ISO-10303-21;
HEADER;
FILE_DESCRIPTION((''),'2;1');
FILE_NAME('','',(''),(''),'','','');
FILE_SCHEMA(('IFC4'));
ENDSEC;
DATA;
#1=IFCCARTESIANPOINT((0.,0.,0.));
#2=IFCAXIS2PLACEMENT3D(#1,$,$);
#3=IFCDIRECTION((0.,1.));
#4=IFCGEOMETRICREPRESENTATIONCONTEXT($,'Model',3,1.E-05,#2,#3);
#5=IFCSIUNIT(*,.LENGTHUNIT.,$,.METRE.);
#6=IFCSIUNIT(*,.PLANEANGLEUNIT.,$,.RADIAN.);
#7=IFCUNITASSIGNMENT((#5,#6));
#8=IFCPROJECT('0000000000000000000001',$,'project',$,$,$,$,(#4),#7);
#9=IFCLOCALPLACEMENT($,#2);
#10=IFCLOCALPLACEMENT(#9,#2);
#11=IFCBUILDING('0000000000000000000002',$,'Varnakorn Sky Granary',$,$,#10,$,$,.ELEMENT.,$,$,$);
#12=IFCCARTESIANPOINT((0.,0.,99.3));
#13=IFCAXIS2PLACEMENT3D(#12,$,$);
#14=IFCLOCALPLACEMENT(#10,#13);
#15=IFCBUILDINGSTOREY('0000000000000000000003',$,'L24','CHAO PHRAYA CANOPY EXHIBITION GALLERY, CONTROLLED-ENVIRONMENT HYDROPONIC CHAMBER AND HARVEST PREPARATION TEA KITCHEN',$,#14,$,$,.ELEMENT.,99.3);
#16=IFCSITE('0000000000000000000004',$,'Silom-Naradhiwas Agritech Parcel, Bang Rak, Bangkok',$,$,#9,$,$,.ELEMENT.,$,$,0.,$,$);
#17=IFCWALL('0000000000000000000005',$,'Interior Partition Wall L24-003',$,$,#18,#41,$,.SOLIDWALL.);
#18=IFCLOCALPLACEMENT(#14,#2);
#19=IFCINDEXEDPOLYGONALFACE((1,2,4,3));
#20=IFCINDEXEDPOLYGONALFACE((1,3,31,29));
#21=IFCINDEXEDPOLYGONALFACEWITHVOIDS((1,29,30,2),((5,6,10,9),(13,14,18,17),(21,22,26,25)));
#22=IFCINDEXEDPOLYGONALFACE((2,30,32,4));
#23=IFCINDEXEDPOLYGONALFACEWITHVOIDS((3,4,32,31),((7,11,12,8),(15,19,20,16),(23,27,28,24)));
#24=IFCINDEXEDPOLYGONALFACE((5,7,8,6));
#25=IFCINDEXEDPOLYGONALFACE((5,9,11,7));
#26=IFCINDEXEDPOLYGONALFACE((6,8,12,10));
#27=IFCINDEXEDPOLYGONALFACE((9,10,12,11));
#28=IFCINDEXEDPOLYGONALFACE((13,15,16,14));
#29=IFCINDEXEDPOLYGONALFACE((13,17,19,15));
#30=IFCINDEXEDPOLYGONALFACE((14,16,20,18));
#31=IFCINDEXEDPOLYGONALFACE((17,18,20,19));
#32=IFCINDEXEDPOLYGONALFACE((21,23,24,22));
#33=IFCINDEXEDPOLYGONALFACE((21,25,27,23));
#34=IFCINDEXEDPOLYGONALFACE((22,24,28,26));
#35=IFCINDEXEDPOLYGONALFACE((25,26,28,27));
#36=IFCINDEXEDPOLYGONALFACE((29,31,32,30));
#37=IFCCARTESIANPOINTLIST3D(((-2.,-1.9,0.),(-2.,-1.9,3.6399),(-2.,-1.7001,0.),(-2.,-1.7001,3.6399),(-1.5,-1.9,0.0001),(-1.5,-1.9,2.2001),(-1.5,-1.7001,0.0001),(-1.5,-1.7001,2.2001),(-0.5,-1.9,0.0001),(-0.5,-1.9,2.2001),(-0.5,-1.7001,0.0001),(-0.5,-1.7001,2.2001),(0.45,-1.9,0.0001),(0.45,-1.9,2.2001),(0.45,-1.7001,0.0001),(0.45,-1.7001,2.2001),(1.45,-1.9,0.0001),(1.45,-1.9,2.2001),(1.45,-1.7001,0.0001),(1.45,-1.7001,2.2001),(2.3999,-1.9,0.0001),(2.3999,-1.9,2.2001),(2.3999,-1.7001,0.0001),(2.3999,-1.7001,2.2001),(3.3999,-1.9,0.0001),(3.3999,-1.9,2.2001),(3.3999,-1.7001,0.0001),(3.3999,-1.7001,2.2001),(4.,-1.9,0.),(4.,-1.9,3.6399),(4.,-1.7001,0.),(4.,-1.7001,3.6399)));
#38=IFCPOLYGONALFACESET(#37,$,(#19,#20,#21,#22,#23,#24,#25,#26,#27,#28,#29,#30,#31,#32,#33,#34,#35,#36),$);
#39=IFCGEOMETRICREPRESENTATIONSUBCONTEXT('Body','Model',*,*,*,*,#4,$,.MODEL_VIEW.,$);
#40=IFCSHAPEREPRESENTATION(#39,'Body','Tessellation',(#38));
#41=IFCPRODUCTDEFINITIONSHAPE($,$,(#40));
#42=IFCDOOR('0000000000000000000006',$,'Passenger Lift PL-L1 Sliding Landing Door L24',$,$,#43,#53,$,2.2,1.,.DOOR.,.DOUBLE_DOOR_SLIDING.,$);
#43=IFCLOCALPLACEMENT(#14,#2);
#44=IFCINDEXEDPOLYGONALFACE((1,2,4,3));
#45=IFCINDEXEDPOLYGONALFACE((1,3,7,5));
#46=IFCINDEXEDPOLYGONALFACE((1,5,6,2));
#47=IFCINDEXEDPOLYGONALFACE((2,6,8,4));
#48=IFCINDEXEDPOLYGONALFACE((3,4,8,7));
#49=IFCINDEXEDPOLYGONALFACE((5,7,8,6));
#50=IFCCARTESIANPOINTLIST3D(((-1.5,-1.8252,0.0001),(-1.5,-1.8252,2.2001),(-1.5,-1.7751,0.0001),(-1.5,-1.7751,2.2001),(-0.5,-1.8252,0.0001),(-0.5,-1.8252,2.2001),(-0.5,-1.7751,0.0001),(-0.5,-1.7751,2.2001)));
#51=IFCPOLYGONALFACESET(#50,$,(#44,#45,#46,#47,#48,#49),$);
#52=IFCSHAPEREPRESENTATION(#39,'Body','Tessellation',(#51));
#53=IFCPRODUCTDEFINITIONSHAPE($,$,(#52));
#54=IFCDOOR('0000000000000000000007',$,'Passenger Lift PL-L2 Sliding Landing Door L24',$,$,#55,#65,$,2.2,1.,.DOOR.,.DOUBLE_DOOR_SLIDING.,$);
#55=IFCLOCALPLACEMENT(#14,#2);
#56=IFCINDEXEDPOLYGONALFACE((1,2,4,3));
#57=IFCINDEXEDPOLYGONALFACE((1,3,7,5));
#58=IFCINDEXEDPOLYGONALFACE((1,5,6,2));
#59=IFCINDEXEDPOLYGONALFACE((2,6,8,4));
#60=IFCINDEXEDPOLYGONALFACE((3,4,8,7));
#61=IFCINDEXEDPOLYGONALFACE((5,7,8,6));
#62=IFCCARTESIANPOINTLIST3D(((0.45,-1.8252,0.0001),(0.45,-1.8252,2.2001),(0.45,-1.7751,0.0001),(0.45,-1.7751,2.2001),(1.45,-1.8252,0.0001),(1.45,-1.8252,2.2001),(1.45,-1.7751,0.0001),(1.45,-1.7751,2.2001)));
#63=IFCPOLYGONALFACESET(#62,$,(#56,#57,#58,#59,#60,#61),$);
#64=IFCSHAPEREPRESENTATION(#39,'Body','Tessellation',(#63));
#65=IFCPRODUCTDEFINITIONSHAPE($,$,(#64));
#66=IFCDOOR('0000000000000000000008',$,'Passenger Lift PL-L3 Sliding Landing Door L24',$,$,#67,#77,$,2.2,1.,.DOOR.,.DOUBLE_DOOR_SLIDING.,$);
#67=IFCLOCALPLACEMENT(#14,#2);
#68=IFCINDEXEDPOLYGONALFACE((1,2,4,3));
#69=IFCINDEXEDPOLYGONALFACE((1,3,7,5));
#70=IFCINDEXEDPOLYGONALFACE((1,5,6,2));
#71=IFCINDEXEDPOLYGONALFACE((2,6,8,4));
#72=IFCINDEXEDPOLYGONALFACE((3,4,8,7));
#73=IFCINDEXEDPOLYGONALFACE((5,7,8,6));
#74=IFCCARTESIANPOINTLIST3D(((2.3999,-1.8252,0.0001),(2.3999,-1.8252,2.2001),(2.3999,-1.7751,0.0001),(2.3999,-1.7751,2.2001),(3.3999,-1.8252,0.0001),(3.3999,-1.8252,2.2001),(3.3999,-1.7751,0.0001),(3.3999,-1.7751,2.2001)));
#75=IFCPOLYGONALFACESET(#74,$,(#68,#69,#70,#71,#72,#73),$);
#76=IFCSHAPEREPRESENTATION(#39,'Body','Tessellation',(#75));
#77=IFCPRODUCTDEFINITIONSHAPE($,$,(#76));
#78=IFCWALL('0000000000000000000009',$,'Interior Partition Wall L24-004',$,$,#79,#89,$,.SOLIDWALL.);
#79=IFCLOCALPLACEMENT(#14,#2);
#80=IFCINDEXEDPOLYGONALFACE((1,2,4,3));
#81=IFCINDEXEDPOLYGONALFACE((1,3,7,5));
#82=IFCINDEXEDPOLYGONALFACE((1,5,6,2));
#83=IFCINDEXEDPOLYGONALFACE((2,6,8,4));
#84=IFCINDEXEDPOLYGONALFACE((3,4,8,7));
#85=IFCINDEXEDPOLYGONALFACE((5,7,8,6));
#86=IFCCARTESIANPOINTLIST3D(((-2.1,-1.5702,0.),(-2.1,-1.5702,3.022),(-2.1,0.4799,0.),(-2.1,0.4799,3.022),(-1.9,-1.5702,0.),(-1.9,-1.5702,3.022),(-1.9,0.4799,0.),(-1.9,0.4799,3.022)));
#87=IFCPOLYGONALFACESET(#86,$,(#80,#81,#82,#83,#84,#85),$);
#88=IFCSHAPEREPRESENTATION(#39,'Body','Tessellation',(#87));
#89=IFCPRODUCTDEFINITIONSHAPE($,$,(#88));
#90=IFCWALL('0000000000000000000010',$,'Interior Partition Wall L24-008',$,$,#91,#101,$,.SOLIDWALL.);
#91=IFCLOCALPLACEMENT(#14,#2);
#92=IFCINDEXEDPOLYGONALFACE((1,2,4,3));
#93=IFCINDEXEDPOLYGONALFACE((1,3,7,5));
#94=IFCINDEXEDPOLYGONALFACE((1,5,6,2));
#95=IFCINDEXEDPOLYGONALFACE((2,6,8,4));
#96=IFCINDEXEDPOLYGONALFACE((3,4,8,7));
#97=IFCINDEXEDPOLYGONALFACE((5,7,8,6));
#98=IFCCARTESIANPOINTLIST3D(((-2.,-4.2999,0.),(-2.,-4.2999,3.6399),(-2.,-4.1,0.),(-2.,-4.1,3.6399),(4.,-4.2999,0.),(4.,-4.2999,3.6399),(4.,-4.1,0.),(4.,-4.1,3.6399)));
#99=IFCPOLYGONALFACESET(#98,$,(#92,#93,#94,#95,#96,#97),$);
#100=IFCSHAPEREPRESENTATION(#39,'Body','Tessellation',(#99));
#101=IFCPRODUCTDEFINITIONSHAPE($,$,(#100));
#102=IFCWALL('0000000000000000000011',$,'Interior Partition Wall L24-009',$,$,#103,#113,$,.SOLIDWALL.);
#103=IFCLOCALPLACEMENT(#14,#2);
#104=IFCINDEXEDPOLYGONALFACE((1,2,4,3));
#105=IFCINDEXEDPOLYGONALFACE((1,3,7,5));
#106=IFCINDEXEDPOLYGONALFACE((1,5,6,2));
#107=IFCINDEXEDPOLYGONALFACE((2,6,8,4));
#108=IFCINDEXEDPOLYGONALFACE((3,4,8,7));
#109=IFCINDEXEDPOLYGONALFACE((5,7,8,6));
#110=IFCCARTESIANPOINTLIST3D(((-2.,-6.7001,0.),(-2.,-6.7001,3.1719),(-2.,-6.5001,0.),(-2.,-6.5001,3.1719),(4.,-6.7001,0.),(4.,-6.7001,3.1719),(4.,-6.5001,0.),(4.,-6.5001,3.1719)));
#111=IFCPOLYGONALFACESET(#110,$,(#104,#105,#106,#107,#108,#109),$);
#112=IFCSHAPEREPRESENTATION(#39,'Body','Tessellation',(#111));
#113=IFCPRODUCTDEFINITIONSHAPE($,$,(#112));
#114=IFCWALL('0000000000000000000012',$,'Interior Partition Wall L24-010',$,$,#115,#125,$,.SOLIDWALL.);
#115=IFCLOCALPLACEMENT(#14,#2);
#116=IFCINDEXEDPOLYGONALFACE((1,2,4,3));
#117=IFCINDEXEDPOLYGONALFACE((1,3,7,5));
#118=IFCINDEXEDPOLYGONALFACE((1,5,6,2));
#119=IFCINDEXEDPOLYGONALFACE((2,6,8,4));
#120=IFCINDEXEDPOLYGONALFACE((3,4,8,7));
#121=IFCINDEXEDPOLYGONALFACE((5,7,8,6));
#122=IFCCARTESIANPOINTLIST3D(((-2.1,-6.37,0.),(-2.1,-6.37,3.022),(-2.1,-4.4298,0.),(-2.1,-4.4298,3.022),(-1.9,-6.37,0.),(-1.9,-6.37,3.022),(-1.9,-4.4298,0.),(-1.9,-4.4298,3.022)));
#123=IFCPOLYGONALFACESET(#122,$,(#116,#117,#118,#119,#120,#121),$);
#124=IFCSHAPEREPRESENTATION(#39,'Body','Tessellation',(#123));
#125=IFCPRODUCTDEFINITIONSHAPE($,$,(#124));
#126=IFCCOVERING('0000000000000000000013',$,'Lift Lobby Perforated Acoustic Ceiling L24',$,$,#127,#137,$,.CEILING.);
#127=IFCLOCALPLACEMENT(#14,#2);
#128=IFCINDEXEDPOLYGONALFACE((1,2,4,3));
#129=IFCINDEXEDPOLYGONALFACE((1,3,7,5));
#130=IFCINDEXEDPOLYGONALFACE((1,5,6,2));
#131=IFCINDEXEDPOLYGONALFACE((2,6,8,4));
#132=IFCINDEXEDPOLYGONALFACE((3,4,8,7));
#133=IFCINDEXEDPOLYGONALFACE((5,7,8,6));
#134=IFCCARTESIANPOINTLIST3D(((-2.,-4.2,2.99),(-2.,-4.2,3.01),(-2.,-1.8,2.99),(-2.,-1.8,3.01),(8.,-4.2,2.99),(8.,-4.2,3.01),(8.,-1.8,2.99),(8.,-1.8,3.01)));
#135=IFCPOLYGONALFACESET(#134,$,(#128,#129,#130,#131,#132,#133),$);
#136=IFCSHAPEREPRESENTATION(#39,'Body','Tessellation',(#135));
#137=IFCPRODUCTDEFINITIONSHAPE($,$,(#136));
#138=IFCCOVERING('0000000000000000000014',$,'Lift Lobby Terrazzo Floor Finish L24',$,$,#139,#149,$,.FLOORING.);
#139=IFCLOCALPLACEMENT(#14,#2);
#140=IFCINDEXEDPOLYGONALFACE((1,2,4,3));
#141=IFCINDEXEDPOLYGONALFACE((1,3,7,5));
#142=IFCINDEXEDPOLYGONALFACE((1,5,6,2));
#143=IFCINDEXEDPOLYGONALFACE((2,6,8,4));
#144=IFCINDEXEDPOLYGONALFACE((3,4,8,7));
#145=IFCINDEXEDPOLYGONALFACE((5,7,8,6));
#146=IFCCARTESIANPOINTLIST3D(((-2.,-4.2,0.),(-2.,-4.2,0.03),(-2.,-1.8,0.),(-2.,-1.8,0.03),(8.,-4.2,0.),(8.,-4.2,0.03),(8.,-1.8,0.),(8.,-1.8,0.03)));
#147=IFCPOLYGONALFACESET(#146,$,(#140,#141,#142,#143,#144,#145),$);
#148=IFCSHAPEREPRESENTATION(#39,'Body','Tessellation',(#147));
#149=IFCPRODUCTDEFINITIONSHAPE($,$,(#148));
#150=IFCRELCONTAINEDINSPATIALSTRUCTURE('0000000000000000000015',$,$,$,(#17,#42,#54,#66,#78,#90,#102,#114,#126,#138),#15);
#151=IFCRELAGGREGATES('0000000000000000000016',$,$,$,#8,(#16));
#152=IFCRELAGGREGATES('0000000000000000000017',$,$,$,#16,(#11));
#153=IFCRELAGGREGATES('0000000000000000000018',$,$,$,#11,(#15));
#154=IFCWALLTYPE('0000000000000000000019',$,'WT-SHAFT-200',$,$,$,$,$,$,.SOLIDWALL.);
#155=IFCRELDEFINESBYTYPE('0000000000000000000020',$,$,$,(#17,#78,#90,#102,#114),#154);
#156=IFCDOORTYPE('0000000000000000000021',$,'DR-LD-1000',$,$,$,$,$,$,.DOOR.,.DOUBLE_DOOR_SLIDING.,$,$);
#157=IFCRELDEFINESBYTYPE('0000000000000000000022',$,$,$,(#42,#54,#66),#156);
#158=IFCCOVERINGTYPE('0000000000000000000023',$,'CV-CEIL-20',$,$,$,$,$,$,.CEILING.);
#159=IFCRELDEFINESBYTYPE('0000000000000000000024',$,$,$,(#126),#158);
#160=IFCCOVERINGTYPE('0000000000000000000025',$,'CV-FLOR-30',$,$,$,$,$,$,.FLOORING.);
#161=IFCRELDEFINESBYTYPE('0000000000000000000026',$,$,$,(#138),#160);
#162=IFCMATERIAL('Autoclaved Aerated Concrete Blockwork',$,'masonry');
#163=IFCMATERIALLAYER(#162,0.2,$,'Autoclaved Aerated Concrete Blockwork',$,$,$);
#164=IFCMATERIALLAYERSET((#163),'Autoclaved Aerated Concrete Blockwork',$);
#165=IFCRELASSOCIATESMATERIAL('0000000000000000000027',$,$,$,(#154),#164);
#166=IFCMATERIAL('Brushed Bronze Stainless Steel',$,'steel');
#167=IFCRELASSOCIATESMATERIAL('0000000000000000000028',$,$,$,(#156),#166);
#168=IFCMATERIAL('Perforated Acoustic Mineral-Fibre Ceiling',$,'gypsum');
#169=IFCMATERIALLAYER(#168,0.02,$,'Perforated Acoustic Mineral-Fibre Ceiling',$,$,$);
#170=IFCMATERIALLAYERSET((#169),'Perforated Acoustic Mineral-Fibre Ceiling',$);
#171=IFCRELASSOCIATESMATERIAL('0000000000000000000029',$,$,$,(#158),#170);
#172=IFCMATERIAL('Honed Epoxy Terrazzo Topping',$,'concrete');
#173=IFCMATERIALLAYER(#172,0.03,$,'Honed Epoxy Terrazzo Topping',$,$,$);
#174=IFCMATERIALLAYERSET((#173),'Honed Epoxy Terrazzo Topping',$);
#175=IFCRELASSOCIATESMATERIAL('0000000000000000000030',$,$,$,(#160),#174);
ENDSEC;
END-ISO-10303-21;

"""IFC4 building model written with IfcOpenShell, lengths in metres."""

from ifc_helpers import new_model, si_unit, direction, frame, frame_2d, origin, place, context, subcontext, project, spatial, polyline, rectangle, outline, extrude, material, layer, layer_set, type_object, element, fill, save


model = new_model("IFC4")

# Units and contexts
model_context = context("Model", 3, precision=1e-05, world=origin(), true_north=direction((0.0, 1.0)))
body_context = subcontext(model_context, "Body", "Model", "MODEL_VIEW")
ifc_project = project(units=[si_unit("LENGTHUNIT", "METRE"), si_unit("PLANEANGLEUNIT", "RADIAN")], contexts=[model_context])

# Site, building, storey
site_placement = place(None, origin())
site = spatial("IfcSite", under=ifc_project, at=site_placement, Name="Silom-Naradhiwas Agritech Parcel, Bang Rak, Bangkok", CompositionType="ELEMENT", RefElevation=0.0)
building_placement = place(site_placement, origin())
building = spatial("IfcBuilding", under=site, at=building_placement, Name="Varnakorn Sky Granary", CompositionType="ELEMENT")
storey_placement = place(building_placement, frame((0.0, 0.0, 99.3)))
storey = spatial("IfcBuildingStorey", under=building, at=storey_placement, Name="L24", Description="CHAO PHRAYA CANOPY EXHIBITION GALLERY, CONTROLLED-ENVIRONMENT HYDROPONIC CHAMBER AND HARVEST PREPARATION TEA KITCHEN", CompositionType="ELEMENT", Elevation=99.3)

# Shared definitions
ifc_material_1 = material(Name="Autoclaved Aerated Concrete Blockwork", Category="masonry")

# Wall, openings, doors
ifc_layer_1 = layer(ifc_material_1, 0.2, Name="Autoclaved Aerated Concrete Blockwork")
ifc_layer_set_1 = layer_set([ifc_layer_1], Name="Autoclaved Aerated Concrete Blockwork")
wall_type_1 = type_object("IfcWallType", Name="WT-SHAFT-200", PredefinedType="SOLIDWALL", material=ifc_layer_set_1)
wall_1_placement = place(storey_placement, frame((-2.0, -1.8, 0.0), z_axis=(0.0, 0.0, 1.0), x_axis=(1.0, 0.0, 0.0)))
wall_1 = element("IfcWall", 1, at=wall_1_placement, inside=storey, type_object=wall_type_1, Name="Interior Partition Wall L24-003", PredefinedType="SOLIDWALL", context=body_context, shape_type="SweptSolid", body=[
    extrude(rectangle(XDim=6.0, YDim=0.2, at=frame_2d((3.0, 0.0))), origin(), (0.0, 0.0, 1.0), 3.6399),
])
opening_1_placement = place(wall_1_placement, frame((0.5, 0.0, 0.0)))
opening_1 = element("IfcOpeningElement", 2, at=opening_1_placement, cuts=wall_1, PredefinedType="OPENING", context=body_context, shape_type="SweptSolid", body=[
    extrude(rectangle(XDim=1.0, YDim=2.2, at=frame_2d((0.5, 1.1001))), frame((0.0, 0.1099, 0.0), z_axis=(0.0, -1.0, 0.0), x_axis=(1.0, 0.0, 0.0)), (0.0, 0.0, 1.0), 0.22),
])
opening_2_placement = place(wall_1_placement, frame((2.45, 0.0, 0.0)))
opening_2 = element("IfcOpeningElement", 3, at=opening_2_placement, cuts=wall_1, PredefinedType="OPENING", context=body_context, shape_type="SweptSolid", body=[
    extrude(rectangle(XDim=1.0, YDim=2.2, at=frame_2d((0.5, 1.1001))), frame((0.0, 0.1099, 0.0), z_axis=(0.0, -1.0, 0.0), x_axis=(1.0, 0.0, 0.0)), (0.0, 0.0, 1.0), 0.22),
])
opening_3_placement = place(wall_1_placement, frame((4.3999, 0.0, 0.0)))
opening_3 = element("IfcOpeningElement", 4, at=opening_3_placement, cuts=wall_1, PredefinedType="OPENING", context=body_context, shape_type="SweptSolid", body=[
    extrude(rectangle(XDim=1.0, YDim=2.2, at=frame_2d((0.5, 1.1001))), frame((0.0, 0.1099, 0.0), z_axis=(0.0, -1.0, 0.0), x_axis=(1.0, 0.0, 0.0)), (0.0, 0.0, 1.0), 0.22),
])
ifc_material_2 = material(Name="Brushed Bronze Stainless Steel", Category="steel")
door_type_1 = type_object("IfcDoorType", Name="DR-LD-1000", OperationType="DOUBLE_DOOR_SLIDING", PredefinedType="DOOR", material=ifc_material_2)
door_1_placement = place(opening_1_placement, origin())
door_1 = element("IfcDoor", 5, at=door_1_placement, inside=storey, type_object=door_type_1, Name="Passenger Lift PL-L1 Sliding Landing Door L24", OperationType="DOUBLE_DOOR_SLIDING", OverallHeight=2.2, OverallWidth=1.0, PredefinedType="DOOR", context=body_context, shape_type="SweptSolid", body=[
    extrude(rectangle(XDim=1.0, YDim=2.2, at=frame_2d((0.5, 1.1001))), frame((0.0, 0.0249, 0.0), z_axis=(0.0, -1.0, 0.0), x_axis=(1.0, 0.0, 0.0)), (0.0, 0.0, 1.0), 0.05),
])
fill(opening_1, door_1)
door_2_placement = place(opening_2_placement, origin())
door_2 = element("IfcDoor", 6, at=door_2_placement, inside=storey, type_object=door_type_1, Name="Passenger Lift PL-L2 Sliding Landing Door L24", OperationType="DOUBLE_DOOR_SLIDING", OverallHeight=2.2, OverallWidth=1.0, PredefinedType="DOOR", context=body_context, shape_type="SweptSolid", body=[
    extrude(rectangle(XDim=1.0, YDim=2.2, at=frame_2d((0.5, 1.1001))), frame((0.0, 0.0249, 0.0), z_axis=(0.0, -1.0, 0.0), x_axis=(1.0, 0.0, 0.0)), (0.0, 0.0, 1.0), 0.05),
])
fill(opening_2, door_2)
door_3_placement = place(opening_3_placement, origin())
door_3 = element("IfcDoor", 7, at=door_3_placement, inside=storey, type_object=door_type_1, Name="Passenger Lift PL-L3 Sliding Landing Door L24", OperationType="DOUBLE_DOOR_SLIDING", OverallHeight=2.2, OverallWidth=1.0, PredefinedType="DOOR", context=body_context, shape_type="SweptSolid", body=[
    extrude(rectangle(XDim=1.0, YDim=2.2, at=frame_2d((0.5, 1.1001))), frame((0.0, 0.0249, 0.0), z_axis=(0.0, -1.0, 0.0), x_axis=(1.0, 0.0, 0.0)), (0.0, 0.0, 1.0), 0.05),
])
fill(opening_3, door_3)

# Walls
wall_2_placement = place(storey_placement, frame((-2.0, -1.5701, 0.0), z_axis=(0.0, 0.0, 1.0), x_axis=(0.0, 1.0, 0.0)))
element("IfcWall", 8, at=wall_2_placement, inside=storey, type_object=wall_type_1, Name="Interior Partition Wall L24-004", PredefinedType="SOLIDWALL", context=body_context, shape_type="SweptSolid", body=[
    extrude(rectangle(XDim=2.05, YDim=0.2, at=frame_2d((1.0249, 0.0))), origin(), (0.0, 0.0, 1.0), 3.022),
])
wall_3_placement = place(storey_placement, frame((-2.0, -4.2, 0.0), z_axis=(0.0, 0.0, 1.0), x_axis=(1.0, 0.0, 0.0)))
element("IfcWall", 9, at=wall_3_placement, inside=storey, type_object=wall_type_1, Name="Interior Partition Wall L24-008", PredefinedType="SOLIDWALL", context=body_context, shape_type="SweptSolid", body=[
    extrude(rectangle(XDim=6.0, YDim=0.2, at=frame_2d((3.0, 0.0))), origin(), (0.0, 0.0, 1.0), 3.6399),
])
wall_4_placement = place(storey_placement, frame((-2.0, -6.6001, 0.0), z_axis=(0.0, 0.0, 1.0), x_axis=(1.0, 0.0, 0.0)))
element("IfcWall", 10, at=wall_4_placement, inside=storey, type_object=wall_type_1, Name="Interior Partition Wall L24-009", PredefinedType="SOLIDWALL", context=body_context, shape_type="SweptSolid", body=[
    extrude(rectangle(XDim=6.0, YDim=0.2, at=frame_2d((3.0, 0.0))), origin(), (0.0, 0.0, 1.0), 3.1719),
])
wall_5_placement = place(storey_placement, frame((-2.0, -6.3701, 0.0), z_axis=(0.0, 0.0, 1.0), x_axis=(0.0, 1.0, 0.0)))
element("IfcWall", 11, at=wall_5_placement, inside=storey, type_object=wall_type_1, Name="Interior Partition Wall L24-010", PredefinedType="SOLIDWALL", context=body_context, shape_type="SweptSolid", body=[
    extrude(rectangle(XDim=1.9402, YDim=0.2, at=frame_2d((0.9702, 0.0))), origin(), (0.0, 0.0, 1.0), 3.022),
])

# Coverings
ifc_material_3 = material(Name="Perforated Acoustic Mineral-Fibre Ceiling", Category="gypsum")
ifc_layer_2 = layer(ifc_material_3, 0.02, Name="Perforated Acoustic Mineral-Fibre Ceiling")
ifc_layer_set_2 = layer_set([ifc_layer_2], Name="Perforated Acoustic Mineral-Fibre Ceiling")
covering_type_1 = type_object("IfcCoveringType", Name="CV-CEIL-20", PredefinedType="CEILING", material=ifc_layer_set_2)
covering_1_placement = place(storey_placement, frame((0.0, 0.0, 2.99)))
element("IfcCovering", 12, at=covering_1_placement, inside=storey, type_object=covering_type_1, Name="Lift Lobby Perforated Acoustic Ceiling L24", PredefinedType="CEILING", context=body_context, shape_type="SweptSolid", body=[
    extrude(outline(polyline([(-2.0, -4.2), (8.0, -4.2), (8.0, -1.8), (-2.0, -1.8), (-2.0, -4.2)])), origin(), (0.0, 0.0, 1.0), 0.02),
])
ifc_material_4 = material(Name="Honed Epoxy Terrazzo Topping", Category="concrete")
ifc_layer_3 = layer(ifc_material_4, 0.03, Name="Honed Epoxy Terrazzo Topping")
ifc_layer_set_3 = layer_set([ifc_layer_3], Name="Honed Epoxy Terrazzo Topping")
covering_type_2 = type_object("IfcCoveringType", Name="CV-FLOR-30", PredefinedType="FLOORING", material=ifc_layer_set_3)
covering_2_placement = place(storey_placement, origin())
element("IfcCovering", 13, at=covering_2_placement, inside=storey, type_object=covering_type_2, Name="Lift Lobby Terrazzo Floor Finish L24", PredefinedType="FLOORING", context=body_context, shape_type="SweptSolid", body=[
    extrude(outline(polyline([(-2.0, -4.2), (8.0, -4.2), (8.0, -1.8), (-2.0, -1.8), (-2.0, -4.2)])), origin(), (0.0, 0.0, 1.0), 0.03),
])

save(model, "model.ifc")
